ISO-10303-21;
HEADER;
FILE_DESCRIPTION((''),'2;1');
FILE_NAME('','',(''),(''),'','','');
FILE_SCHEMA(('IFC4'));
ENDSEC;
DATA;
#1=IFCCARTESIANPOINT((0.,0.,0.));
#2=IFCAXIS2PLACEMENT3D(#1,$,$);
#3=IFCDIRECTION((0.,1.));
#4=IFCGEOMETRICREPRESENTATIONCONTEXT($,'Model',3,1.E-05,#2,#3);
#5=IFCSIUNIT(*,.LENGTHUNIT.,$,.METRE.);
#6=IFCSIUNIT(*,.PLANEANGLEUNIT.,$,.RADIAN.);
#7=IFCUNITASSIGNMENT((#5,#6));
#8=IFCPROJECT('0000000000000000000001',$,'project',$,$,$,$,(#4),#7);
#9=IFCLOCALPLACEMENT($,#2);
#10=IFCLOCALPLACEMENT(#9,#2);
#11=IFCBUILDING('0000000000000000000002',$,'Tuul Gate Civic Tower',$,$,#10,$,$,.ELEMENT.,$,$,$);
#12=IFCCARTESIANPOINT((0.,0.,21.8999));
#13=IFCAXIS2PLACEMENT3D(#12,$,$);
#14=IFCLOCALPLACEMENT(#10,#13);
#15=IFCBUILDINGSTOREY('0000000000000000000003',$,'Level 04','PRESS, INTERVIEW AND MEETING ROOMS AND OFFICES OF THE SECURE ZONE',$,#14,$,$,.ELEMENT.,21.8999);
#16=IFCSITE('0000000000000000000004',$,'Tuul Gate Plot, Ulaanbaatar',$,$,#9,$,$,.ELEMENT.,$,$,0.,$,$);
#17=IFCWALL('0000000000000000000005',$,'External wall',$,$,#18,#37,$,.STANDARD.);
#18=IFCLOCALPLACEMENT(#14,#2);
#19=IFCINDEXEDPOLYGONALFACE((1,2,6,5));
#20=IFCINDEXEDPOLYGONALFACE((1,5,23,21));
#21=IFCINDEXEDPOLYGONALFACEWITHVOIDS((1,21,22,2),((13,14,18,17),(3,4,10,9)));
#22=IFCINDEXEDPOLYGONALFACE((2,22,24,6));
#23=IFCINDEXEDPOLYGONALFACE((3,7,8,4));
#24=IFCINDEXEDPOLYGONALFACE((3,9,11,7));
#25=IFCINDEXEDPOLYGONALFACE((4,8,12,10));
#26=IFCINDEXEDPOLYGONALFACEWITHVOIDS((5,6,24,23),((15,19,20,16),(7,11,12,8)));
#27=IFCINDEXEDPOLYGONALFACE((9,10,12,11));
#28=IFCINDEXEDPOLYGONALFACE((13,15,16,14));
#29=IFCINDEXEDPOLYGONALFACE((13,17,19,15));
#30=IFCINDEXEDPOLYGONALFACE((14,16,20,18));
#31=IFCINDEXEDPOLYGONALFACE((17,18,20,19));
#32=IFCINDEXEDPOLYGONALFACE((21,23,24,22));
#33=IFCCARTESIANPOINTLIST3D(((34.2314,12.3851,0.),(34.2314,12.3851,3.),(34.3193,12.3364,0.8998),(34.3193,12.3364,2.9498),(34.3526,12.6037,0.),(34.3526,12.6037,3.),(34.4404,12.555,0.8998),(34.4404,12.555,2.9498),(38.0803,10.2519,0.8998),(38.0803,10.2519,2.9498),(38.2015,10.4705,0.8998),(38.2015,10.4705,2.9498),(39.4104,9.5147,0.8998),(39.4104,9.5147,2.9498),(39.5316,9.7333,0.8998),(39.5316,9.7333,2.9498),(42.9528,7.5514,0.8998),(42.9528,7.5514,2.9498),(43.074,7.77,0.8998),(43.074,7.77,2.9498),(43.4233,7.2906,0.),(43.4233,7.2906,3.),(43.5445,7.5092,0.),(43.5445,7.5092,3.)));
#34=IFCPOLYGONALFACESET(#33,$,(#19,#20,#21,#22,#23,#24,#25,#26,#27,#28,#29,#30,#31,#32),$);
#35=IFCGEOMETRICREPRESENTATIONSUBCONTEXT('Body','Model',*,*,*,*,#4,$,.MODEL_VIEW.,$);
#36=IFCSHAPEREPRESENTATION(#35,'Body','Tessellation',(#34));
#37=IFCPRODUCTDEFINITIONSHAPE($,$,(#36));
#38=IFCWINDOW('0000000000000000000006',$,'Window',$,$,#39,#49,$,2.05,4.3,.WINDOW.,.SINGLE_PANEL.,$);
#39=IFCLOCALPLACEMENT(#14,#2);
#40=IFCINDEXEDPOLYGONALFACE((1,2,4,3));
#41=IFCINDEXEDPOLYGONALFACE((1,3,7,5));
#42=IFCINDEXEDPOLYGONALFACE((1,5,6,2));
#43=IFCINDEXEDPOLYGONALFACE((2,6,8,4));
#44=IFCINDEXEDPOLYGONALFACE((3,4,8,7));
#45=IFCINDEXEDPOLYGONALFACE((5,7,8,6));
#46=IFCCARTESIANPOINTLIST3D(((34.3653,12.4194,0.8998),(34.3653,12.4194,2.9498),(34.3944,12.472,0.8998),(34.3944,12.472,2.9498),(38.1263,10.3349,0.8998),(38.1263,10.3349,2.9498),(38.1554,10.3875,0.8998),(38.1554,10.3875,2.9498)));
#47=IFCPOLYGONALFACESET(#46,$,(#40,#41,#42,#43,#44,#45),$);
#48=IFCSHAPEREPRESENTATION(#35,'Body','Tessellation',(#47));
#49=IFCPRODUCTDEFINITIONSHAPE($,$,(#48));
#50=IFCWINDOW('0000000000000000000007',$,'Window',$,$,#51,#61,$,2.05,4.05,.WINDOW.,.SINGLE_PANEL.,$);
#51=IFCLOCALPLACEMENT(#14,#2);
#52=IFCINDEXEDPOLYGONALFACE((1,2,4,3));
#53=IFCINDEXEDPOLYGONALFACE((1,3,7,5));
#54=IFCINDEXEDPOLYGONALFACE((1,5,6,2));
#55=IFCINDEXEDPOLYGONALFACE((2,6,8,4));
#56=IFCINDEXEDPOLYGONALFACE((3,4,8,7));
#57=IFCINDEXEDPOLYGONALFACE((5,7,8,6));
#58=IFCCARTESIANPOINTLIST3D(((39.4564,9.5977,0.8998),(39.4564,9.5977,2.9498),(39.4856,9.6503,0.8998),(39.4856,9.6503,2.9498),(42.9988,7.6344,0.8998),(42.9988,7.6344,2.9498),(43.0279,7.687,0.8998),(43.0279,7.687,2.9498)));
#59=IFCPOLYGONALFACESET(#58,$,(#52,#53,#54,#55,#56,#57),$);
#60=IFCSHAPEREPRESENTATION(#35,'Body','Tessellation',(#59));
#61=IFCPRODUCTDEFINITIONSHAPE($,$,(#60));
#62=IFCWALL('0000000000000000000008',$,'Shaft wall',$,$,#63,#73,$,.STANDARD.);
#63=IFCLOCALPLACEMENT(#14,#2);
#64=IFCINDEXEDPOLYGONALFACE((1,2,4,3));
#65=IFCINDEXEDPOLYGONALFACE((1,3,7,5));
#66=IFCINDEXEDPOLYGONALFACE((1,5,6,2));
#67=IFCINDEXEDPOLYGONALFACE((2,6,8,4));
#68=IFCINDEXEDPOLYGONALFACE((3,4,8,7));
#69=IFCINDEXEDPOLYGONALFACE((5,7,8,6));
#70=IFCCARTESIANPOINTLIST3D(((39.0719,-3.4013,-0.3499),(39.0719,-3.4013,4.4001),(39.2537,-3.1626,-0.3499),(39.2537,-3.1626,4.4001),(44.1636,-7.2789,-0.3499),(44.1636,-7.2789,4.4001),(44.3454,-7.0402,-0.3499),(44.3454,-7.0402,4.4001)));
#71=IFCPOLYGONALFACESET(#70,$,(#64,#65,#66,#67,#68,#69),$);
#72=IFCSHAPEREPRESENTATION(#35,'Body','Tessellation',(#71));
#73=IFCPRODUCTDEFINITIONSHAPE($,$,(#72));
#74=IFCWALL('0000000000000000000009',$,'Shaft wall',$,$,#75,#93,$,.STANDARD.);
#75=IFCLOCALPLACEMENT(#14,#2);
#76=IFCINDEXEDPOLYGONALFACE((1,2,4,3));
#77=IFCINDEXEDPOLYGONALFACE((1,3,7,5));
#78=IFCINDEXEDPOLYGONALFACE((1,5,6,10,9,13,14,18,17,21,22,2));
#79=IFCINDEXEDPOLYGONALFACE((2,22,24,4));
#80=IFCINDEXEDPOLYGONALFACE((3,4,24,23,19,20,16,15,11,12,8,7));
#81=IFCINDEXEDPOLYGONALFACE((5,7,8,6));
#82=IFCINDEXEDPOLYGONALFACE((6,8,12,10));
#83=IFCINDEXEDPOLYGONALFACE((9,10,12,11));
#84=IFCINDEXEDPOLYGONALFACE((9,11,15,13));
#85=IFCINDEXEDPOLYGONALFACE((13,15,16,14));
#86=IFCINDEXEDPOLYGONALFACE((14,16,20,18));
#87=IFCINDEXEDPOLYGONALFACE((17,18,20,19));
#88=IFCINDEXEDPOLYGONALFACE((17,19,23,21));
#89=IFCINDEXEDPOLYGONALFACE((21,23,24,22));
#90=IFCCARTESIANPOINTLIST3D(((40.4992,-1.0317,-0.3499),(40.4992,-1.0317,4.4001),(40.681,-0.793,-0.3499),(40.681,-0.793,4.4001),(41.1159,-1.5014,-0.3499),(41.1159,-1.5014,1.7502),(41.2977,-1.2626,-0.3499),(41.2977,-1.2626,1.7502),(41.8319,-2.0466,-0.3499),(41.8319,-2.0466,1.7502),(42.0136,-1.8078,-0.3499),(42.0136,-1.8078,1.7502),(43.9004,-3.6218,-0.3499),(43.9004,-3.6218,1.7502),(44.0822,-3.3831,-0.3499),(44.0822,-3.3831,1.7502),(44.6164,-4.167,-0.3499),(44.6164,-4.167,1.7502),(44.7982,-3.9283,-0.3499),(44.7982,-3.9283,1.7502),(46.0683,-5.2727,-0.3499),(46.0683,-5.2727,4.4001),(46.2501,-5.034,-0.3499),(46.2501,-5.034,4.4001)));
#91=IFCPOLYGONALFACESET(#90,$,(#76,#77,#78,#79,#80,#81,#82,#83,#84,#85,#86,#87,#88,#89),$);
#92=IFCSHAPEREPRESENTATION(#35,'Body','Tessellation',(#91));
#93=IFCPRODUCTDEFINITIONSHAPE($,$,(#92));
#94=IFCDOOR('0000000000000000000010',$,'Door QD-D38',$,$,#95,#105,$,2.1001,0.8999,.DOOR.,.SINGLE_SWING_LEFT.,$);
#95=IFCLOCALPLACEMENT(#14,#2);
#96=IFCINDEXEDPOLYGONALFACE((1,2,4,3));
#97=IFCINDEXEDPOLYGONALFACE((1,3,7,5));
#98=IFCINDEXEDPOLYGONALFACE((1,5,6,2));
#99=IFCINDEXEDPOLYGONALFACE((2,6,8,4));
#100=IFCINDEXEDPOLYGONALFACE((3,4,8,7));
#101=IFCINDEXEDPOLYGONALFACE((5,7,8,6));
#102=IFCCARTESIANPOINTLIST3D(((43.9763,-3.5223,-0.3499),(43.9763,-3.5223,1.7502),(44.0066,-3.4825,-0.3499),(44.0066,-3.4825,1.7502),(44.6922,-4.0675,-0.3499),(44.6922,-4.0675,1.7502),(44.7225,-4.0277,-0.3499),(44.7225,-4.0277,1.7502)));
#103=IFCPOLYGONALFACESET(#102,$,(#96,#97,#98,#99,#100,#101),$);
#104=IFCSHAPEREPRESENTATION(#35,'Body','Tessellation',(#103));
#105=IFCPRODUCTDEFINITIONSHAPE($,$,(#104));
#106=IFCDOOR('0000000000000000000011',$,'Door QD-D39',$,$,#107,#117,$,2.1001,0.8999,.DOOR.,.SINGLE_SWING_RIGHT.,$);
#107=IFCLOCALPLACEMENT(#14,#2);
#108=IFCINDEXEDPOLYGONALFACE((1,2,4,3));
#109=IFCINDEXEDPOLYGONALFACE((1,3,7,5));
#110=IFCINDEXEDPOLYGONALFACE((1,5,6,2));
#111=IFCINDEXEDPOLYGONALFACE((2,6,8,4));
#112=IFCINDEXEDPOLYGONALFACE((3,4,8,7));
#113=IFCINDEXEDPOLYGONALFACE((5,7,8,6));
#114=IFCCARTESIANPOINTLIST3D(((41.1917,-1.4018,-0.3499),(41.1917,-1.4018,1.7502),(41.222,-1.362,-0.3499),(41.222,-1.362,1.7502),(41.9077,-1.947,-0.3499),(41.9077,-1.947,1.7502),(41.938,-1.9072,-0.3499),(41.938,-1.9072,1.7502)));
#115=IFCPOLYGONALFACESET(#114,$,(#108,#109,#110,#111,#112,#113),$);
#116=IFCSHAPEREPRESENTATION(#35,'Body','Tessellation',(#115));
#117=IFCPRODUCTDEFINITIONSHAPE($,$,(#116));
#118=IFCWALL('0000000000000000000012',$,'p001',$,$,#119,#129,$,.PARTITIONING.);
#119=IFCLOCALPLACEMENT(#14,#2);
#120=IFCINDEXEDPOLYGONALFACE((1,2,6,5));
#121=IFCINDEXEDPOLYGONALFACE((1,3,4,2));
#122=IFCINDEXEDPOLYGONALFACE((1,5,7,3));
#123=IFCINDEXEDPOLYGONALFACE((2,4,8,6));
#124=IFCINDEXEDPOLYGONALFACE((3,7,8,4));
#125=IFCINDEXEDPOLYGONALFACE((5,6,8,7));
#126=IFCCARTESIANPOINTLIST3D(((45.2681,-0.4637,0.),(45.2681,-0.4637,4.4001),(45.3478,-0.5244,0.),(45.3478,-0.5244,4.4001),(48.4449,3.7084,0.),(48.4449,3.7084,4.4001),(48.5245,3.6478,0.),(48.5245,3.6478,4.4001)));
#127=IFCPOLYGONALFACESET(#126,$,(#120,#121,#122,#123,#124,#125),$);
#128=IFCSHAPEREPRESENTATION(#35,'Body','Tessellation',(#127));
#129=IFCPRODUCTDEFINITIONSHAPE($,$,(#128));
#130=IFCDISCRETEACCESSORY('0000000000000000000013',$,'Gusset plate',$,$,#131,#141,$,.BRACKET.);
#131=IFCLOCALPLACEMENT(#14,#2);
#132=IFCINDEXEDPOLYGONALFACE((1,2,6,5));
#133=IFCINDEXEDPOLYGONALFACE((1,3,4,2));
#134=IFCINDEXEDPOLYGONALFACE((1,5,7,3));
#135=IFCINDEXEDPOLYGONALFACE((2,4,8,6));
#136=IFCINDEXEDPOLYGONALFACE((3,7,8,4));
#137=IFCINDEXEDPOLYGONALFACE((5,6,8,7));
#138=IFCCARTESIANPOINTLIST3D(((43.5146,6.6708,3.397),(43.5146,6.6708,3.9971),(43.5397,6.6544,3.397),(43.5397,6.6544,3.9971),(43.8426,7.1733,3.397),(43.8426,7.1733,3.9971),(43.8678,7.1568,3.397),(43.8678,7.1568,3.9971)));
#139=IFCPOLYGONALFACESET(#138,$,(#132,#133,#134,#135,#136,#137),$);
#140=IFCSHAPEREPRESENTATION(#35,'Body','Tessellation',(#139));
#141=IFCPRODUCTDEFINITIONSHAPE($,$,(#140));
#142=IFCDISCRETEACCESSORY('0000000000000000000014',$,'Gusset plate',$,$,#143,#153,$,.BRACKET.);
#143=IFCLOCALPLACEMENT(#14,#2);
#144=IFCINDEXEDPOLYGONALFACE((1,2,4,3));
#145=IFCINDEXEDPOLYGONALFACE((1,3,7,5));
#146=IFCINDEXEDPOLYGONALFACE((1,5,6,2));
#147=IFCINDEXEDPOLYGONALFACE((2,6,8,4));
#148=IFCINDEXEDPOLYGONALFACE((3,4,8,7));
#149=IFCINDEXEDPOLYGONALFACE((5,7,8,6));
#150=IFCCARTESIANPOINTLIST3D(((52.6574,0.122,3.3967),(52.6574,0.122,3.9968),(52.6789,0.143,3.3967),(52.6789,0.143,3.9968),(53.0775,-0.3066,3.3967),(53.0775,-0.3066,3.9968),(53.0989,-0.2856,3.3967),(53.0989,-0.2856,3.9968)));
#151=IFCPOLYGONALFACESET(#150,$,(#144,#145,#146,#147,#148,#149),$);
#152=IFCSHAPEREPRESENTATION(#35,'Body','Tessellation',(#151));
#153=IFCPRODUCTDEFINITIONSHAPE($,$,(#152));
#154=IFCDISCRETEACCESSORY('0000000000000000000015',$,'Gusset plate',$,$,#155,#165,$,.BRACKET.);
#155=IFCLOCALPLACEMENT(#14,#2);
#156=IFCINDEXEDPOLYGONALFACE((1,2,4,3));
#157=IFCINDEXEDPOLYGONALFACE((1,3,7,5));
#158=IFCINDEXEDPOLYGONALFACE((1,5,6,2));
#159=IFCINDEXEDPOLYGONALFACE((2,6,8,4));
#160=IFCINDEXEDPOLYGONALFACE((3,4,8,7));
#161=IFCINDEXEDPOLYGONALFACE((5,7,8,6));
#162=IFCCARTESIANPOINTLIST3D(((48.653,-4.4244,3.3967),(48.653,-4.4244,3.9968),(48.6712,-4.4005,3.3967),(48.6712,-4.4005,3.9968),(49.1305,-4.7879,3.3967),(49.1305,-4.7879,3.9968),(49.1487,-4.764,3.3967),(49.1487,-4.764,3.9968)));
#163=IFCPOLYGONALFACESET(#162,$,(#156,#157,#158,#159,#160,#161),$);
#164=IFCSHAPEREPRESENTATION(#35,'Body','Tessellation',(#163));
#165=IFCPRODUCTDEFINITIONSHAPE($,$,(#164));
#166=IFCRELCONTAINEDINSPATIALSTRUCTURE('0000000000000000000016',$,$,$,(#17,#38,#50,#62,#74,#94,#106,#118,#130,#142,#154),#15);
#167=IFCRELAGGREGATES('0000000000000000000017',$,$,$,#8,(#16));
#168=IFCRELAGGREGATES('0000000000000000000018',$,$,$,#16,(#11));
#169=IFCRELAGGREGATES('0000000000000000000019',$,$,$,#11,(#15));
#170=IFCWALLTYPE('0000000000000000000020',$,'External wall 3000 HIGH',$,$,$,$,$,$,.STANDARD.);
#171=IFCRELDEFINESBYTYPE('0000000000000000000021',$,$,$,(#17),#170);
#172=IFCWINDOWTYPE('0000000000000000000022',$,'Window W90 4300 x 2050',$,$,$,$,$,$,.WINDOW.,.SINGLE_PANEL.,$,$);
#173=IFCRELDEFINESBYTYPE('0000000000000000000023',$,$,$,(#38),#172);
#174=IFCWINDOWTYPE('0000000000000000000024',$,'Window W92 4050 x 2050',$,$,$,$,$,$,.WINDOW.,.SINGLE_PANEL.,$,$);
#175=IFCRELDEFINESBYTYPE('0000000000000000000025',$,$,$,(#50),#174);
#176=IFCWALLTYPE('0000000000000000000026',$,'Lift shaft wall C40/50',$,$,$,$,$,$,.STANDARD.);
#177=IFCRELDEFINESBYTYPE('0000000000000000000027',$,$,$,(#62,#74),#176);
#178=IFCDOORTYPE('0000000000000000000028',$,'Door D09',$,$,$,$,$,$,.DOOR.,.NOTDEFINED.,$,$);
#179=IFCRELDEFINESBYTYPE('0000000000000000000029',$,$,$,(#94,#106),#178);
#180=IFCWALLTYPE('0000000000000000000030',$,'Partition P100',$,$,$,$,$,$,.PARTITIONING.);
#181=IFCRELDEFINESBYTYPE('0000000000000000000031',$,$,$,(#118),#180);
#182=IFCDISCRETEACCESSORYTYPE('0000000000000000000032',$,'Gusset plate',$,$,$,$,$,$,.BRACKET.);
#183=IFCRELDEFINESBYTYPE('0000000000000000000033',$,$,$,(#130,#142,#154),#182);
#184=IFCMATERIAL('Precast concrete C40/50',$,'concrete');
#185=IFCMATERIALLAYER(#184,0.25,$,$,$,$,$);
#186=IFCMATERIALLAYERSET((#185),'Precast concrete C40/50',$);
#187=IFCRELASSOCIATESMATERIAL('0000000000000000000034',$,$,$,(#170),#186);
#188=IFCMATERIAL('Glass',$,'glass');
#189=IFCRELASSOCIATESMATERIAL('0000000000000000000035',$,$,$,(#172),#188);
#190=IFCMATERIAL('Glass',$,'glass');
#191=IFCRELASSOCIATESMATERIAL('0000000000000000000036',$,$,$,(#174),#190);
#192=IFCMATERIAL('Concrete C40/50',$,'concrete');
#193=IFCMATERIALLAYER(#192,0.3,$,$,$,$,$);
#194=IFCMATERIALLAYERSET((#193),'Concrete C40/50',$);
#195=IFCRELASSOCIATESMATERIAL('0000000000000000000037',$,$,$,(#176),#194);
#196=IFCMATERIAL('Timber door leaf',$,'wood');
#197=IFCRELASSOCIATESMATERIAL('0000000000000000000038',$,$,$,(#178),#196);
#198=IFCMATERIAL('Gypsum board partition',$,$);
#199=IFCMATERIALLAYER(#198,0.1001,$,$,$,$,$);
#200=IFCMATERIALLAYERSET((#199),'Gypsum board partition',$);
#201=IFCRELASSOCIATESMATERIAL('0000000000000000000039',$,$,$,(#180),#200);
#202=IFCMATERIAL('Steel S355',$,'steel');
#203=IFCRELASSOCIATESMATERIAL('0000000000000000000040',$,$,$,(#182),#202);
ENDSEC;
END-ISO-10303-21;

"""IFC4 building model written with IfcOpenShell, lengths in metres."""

from ifc_helpers import new_model, si_unit, direction, frame, frame_2d, origin, origin_2d, place, context, subcontext, project, spatial, rectangle, extrude, material, layer, layer_set, type_object, element, fill, save


model = new_model("IFC4")

# Units and contexts
model_context = context("Model", 3, precision=1e-05, world=origin(), true_north=direction((0.0, 1.0)))
body_context = subcontext(model_context, "Body", "Model", "MODEL_VIEW")
ifc_project = project(units=[si_unit("LENGTHUNIT", "METRE"), si_unit("PLANEANGLEUNIT", "RADIAN")], contexts=[model_context])

# Site, building, storey
site_placement = place(None, origin())
site = spatial("IfcSite", under=ifc_project, at=site_placement, Name="Tuul Gate Plot, Ulaanbaatar", CompositionType="ELEMENT", RefElevation=0.0)
building_placement = place(site_placement, origin())
building = spatial("IfcBuilding", under=site, at=building_placement, Name="Tuul Gate Civic Tower", CompositionType="ELEMENT")
storey_placement = place(building_placement, frame((0.0, 0.0, 21.8999)))
storey = spatial("IfcBuildingStorey", under=building, at=storey_placement, Name="Level 04", Description="PRESS, INTERVIEW AND MEETING ROOMS AND OFFICES OF THE SECURE ZONE", CompositionType="ELEMENT", Elevation=21.8999)

# Wall, openings, windows
ifc_material_1 = material(Name="Precast concrete C40/50", Category="concrete")
ifc_layer_1 = layer(ifc_material_1, 0.25)
ifc_layer_set_1 = layer_set([ifc_layer_1], Name="Precast concrete C40/50")
wall_type_1 = type_object("IfcWallType", Name="External wall 3000 HIGH", PredefinedType="STANDARD", material=ifc_layer_set_1)
ifc_material_2 = material(Name="Glass", Category="glass")
window_type_1 = type_object("IfcWindowType", Name="Window W90 4300 x 2050", PartitioningType="SINGLE_PANEL", PredefinedType="WINDOW", material=ifc_material_2)
wall_1_placement = place(storey_placement, frame((43.4839, 7.3999, 0.0), z_axis=(0.0, 0.0, 1.0), x_axis=(-0.874647, 0.484761, 0.0)))
wall_1 = element("IfcWall", 1, at=wall_1_placement, inside=storey, type_object=wall_type_1, Name="External wall", PredefinedType="STANDARD", context=body_context, shape_type="SweptSolid", body=[
    extrude(rectangle(XDim=10.5093, YDim=0.25, at=frame_2d((5.2546, 0.0))), origin(), (0.0, 0.0, 1.0), 3.0),
])
opening_1_placement = place(wall_1_placement, frame((0.5381, 0.0, 0.8999)))
opening_1 = element("IfcOpeningElement", 2, at=opening_1_placement, cuts=wall_1, PredefinedType="OPENING", context=body_context, shape_type="SweptSolid", body=[
    extrude(rectangle(XDim=4.05, YDim=2.05, at=frame_2d((2.0249, 1.0249))), frame((0.0, 0.135, 0.0), z_axis=(0.0, -1.0, 0.0), x_axis=(1.0, 0.0, 0.0)), (0.0, 0.0, 1.0), 0.27),
])
opening_2_placement = place(wall_1_placement, frame((6.1089, 0.0, 0.8999)))
opening_2 = element("IfcOpeningElement", 3, at=opening_2_placement, cuts=wall_1, PredefinedType="OPENING", context=body_context, shape_type="SweptSolid", body=[
    extrude(rectangle(XDim=4.3, YDim=2.05, at=frame_2d((2.1499, 1.0249))), frame((0.0, 0.135, 0.0), z_axis=(0.0, -1.0, 0.0), x_axis=(1.0, 0.0, 0.0)), (0.0, 0.0, 1.0), 0.27),
])
window_1_placement = place(opening_2_placement, origin())
window_1 = element("IfcWindow", 4, at=window_1_placement, inside=storey, type_object=window_type_1, Name="Window", OverallHeight=2.05, OverallWidth=4.3, PartitioningType="SINGLE_PANEL", PredefinedType="WINDOW", context=body_context, shape_type="SweptSolid", body=[
    extrude(rectangle(XDim=4.3, YDim=2.05, at=frame_2d((2.1499, 1.0249))), frame((0.0, 0.03, 0.0), z_axis=(0.0, -1.0, 0.0), x_axis=(1.0, 0.0, 0.0)), (0.0, 0.0, 1.0), 0.0601),
])
fill(opening_2, window_1)
ifc_material_3 = material(Name="Glass", Category="glass")
window_type_2 = type_object("IfcWindowType", Name="Window W92 4050 x 2050", PartitioningType="SINGLE_PANEL", PredefinedType="WINDOW", material=ifc_material_3)
window_2_placement = place(opening_1_placement, origin())
window_2 = element("IfcWindow", 5, at=window_2_placement, inside=storey, type_object=window_type_2, Name="Window", OverallHeight=2.05, OverallWidth=4.05, PartitioningType="SINGLE_PANEL", PredefinedType="WINDOW", context=body_context, shape_type="SweptSolid", body=[
    extrude(rectangle(XDim=4.05, YDim=2.05, at=frame_2d((2.0249, 1.0249))), frame((0.0, 0.03, 0.0), z_axis=(0.0, -1.0, 0.0), x_axis=(1.0, 0.0, 0.0)), (0.0, 0.0, 1.0), 0.0601),
])
fill(opening_1, window_2)

# Wall
ifc_material_4 = material(Name="Concrete C40/50", Category="concrete")
ifc_layer_2 = layer(ifc_material_4, 0.3)
ifc_layer_set_2 = layer_set([ifc_layer_2], Name="Concrete C40/50")
wall_type_2 = type_object("IfcWallType", Name="Lift shaft wall C40/50", PredefinedType="STANDARD", material=ifc_layer_set_2)
wall_2_placement = place(storey_placement, frame((44.2546, -7.1597, -0.3499), z_axis=(0.0, 0.0, 1.0), x_axis=(-0.795566, 0.605867, 0.0)))
element("IfcWall", 6, at=wall_2_placement, inside=storey, type_object=wall_type_2, Name="Shaft wall", PredefinedType="STANDARD", context=body_context, shape_type="SweptSolid", body=[
    extrude(rectangle(XDim=6.4001, YDim=0.3, at=frame_2d((3.2002, 0.0))), origin(), (0.0, 0.0, 1.0), 4.75),
])

# Wall, openings, doors
wall_3_placement = place(storey_placement, frame((46.1592, -5.1533, -0.3499), z_axis=(0.0, 0.0, 1.0), x_axis=(-0.79558, 0.605849, 0.0)))
wall_3 = element("IfcWall", 7, at=wall_3_placement, inside=storey, type_object=wall_type_2, Name="Shaft wall", PredefinedType="STANDARD", context=body_context, shape_type="SweptSolid", body=[
    extrude(rectangle(XDim=7.0, YDim=0.3, at=frame_2d((3.5, 0.0))), origin(), (0.0, 0.0, 1.0), 4.75),
])
opening_3_placement = place(wall_3_placement, frame((1.825, 0.0, 0.0)))
opening_3 = element("IfcOpeningElement", 8, at=opening_3_placement, cuts=wall_3, PredefinedType="OPENING", context=body_context, shape_type="SweptSolid", body=[
    extrude(rectangle(XDim=0.8999, YDim=2.1001, at=frame_2d((0.45, 1.05))), frame((0.0, 0.1602, 0.0), z_axis=(0.0, -1.0, 0.0), x_axis=(1.0, 0.0, 0.0)), (0.0, 0.0, 1.0), 0.3201),
])
opening_4_placement = place(wall_3_placement, frame((5.325, 0.0, 0.0)))
opening_4 = element("IfcOpeningElement", 9, at=opening_4_placement, cuts=wall_3, PredefinedType="OPENING", context=body_context, shape_type="SweptSolid", body=[
    extrude(rectangle(XDim=0.8999, YDim=2.1001, at=frame_2d((0.45, 1.05))), frame((0.0, 0.1602, 0.0), z_axis=(0.0, -1.0, 0.0), x_axis=(1.0, 0.0, 0.0)), (0.0, 0.0, 1.0), 0.3201),
])
ifc_material_5 = material(Name="Timber door leaf", Category="wood")
door_type_1 = type_object("IfcDoorType", Name="Door D09", OperationType="NOTDEFINED", PredefinedType="DOOR", material=ifc_material_5)
door_1_placement = place(opening_3_placement, origin())
door_1 = element("IfcDoor", 10, at=door_1_placement, inside=storey, type_object=door_type_1, Name="Door QD-D38", OperationType="SINGLE_SWING_LEFT", OverallHeight=2.1001, OverallWidth=0.8999, PredefinedType="DOOR", context=body_context, shape_type="SweptSolid", body=[
    extrude(rectangle(XDim=0.8999, YDim=2.1001, at=frame_2d((0.45, 1.05))), frame((0.0, 0.0249, 0.0), z_axis=(0.0, -1.0, 0.0), x_axis=(1.0, 0.0, 0.0)), (0.0, 0.0, 1.0), 0.05),
])
fill(opening_3, door_1)
door_2_placement = place(opening_4_placement, origin())
door_2 = element("IfcDoor", 11, at=door_2_placement, inside=storey, type_object=door_type_1, Name="Door QD-D39", OperationType="SINGLE_SWING_RIGHT", OverallHeight=2.1001, OverallWidth=0.8999, PredefinedType="DOOR", context=body_context, shape_type="SweptSolid", body=[
    extrude(rectangle(XDim=0.8999, YDim=2.1001, at=frame_2d((0.45, 1.05))), frame((0.0, 0.0249, 0.0), z_axis=(0.0, -1.0, 0.0), x_axis=(1.0, 0.0, 0.0)), (0.0, 0.0, 1.0), 0.05),
])
fill(opening_4, door_2)

# Wall
ifc_material_6 = material(Name="Gypsum board partition")
ifc_layer_3 = layer(ifc_material_6, 0.1001)
ifc_layer_set_3 = layer_set([ifc_layer_3], Name="Gypsum board partition")
wall_type_3 = type_object("IfcWallType", Name="Partition P100", PredefinedType="PARTITIONING", material=ifc_layer_set_3)
wall_4_placement = place(storey_placement, frame((45.3079, -0.4941, 0.0), z_axis=(0.0, 0.0, 1.0), x_axis=(0.605802, 0.795616, 0.0)))
element("IfcWall", 12, at=wall_4_placement, inside=storey, type_object=wall_type_3, Name="p001", PredefinedType="PARTITIONING", context=body_context, shape_type="SweptSolid", body=[
    extrude(rectangle(XDim=5.2439, YDim=0.1001, at=frame_2d((2.6221, 0.0))), origin(), (0.0, 0.0, 1.0), 4.4001),
])

# Discrete accessories
ifc_material_7 = material(Name="Steel S355", Category="steel")
discrete_accessory_type = type_object("IfcDiscreteAccessoryType", Name="Gusset plate", PredefinedType="BRACKET", material=ifc_material_7)
for number, where, z_axis, x_axis, name in (
    (13, (43.6912, 6.9138, 3.397), (0.0, 0.0, 1.0), (-0.546705, -0.837325, 0.0), "Gusset plate"),
    (14, (52.8782, -0.0818, 3.3967), (0.0, 0.0, 1.0), (0.700013, -0.71413, 0.0), "Gusset plate"),
    (15, (48.9009, -4.5942, 3.3967), (0.0, 0.0, 1.0), (-0.795664, 0.605738, 0.0), "Gusset plate"),
):
    element("IfcDiscreteAccessory", number, at=place(storey_placement, frame(where, z_axis=z_axis, x_axis=x_axis)), inside=storey, type_object=discrete_accessory_type, Name=name, PredefinedType="BRACKET", context=body_context, shape_type="SweptSolid", body=[
        extrude(rectangle(XDim=0.6001, YDim=0.03, at=origin_2d()), origin(), (0.0, 0.0, 1.0), 0.6001),
    ])

save(model, "model.ifc")
